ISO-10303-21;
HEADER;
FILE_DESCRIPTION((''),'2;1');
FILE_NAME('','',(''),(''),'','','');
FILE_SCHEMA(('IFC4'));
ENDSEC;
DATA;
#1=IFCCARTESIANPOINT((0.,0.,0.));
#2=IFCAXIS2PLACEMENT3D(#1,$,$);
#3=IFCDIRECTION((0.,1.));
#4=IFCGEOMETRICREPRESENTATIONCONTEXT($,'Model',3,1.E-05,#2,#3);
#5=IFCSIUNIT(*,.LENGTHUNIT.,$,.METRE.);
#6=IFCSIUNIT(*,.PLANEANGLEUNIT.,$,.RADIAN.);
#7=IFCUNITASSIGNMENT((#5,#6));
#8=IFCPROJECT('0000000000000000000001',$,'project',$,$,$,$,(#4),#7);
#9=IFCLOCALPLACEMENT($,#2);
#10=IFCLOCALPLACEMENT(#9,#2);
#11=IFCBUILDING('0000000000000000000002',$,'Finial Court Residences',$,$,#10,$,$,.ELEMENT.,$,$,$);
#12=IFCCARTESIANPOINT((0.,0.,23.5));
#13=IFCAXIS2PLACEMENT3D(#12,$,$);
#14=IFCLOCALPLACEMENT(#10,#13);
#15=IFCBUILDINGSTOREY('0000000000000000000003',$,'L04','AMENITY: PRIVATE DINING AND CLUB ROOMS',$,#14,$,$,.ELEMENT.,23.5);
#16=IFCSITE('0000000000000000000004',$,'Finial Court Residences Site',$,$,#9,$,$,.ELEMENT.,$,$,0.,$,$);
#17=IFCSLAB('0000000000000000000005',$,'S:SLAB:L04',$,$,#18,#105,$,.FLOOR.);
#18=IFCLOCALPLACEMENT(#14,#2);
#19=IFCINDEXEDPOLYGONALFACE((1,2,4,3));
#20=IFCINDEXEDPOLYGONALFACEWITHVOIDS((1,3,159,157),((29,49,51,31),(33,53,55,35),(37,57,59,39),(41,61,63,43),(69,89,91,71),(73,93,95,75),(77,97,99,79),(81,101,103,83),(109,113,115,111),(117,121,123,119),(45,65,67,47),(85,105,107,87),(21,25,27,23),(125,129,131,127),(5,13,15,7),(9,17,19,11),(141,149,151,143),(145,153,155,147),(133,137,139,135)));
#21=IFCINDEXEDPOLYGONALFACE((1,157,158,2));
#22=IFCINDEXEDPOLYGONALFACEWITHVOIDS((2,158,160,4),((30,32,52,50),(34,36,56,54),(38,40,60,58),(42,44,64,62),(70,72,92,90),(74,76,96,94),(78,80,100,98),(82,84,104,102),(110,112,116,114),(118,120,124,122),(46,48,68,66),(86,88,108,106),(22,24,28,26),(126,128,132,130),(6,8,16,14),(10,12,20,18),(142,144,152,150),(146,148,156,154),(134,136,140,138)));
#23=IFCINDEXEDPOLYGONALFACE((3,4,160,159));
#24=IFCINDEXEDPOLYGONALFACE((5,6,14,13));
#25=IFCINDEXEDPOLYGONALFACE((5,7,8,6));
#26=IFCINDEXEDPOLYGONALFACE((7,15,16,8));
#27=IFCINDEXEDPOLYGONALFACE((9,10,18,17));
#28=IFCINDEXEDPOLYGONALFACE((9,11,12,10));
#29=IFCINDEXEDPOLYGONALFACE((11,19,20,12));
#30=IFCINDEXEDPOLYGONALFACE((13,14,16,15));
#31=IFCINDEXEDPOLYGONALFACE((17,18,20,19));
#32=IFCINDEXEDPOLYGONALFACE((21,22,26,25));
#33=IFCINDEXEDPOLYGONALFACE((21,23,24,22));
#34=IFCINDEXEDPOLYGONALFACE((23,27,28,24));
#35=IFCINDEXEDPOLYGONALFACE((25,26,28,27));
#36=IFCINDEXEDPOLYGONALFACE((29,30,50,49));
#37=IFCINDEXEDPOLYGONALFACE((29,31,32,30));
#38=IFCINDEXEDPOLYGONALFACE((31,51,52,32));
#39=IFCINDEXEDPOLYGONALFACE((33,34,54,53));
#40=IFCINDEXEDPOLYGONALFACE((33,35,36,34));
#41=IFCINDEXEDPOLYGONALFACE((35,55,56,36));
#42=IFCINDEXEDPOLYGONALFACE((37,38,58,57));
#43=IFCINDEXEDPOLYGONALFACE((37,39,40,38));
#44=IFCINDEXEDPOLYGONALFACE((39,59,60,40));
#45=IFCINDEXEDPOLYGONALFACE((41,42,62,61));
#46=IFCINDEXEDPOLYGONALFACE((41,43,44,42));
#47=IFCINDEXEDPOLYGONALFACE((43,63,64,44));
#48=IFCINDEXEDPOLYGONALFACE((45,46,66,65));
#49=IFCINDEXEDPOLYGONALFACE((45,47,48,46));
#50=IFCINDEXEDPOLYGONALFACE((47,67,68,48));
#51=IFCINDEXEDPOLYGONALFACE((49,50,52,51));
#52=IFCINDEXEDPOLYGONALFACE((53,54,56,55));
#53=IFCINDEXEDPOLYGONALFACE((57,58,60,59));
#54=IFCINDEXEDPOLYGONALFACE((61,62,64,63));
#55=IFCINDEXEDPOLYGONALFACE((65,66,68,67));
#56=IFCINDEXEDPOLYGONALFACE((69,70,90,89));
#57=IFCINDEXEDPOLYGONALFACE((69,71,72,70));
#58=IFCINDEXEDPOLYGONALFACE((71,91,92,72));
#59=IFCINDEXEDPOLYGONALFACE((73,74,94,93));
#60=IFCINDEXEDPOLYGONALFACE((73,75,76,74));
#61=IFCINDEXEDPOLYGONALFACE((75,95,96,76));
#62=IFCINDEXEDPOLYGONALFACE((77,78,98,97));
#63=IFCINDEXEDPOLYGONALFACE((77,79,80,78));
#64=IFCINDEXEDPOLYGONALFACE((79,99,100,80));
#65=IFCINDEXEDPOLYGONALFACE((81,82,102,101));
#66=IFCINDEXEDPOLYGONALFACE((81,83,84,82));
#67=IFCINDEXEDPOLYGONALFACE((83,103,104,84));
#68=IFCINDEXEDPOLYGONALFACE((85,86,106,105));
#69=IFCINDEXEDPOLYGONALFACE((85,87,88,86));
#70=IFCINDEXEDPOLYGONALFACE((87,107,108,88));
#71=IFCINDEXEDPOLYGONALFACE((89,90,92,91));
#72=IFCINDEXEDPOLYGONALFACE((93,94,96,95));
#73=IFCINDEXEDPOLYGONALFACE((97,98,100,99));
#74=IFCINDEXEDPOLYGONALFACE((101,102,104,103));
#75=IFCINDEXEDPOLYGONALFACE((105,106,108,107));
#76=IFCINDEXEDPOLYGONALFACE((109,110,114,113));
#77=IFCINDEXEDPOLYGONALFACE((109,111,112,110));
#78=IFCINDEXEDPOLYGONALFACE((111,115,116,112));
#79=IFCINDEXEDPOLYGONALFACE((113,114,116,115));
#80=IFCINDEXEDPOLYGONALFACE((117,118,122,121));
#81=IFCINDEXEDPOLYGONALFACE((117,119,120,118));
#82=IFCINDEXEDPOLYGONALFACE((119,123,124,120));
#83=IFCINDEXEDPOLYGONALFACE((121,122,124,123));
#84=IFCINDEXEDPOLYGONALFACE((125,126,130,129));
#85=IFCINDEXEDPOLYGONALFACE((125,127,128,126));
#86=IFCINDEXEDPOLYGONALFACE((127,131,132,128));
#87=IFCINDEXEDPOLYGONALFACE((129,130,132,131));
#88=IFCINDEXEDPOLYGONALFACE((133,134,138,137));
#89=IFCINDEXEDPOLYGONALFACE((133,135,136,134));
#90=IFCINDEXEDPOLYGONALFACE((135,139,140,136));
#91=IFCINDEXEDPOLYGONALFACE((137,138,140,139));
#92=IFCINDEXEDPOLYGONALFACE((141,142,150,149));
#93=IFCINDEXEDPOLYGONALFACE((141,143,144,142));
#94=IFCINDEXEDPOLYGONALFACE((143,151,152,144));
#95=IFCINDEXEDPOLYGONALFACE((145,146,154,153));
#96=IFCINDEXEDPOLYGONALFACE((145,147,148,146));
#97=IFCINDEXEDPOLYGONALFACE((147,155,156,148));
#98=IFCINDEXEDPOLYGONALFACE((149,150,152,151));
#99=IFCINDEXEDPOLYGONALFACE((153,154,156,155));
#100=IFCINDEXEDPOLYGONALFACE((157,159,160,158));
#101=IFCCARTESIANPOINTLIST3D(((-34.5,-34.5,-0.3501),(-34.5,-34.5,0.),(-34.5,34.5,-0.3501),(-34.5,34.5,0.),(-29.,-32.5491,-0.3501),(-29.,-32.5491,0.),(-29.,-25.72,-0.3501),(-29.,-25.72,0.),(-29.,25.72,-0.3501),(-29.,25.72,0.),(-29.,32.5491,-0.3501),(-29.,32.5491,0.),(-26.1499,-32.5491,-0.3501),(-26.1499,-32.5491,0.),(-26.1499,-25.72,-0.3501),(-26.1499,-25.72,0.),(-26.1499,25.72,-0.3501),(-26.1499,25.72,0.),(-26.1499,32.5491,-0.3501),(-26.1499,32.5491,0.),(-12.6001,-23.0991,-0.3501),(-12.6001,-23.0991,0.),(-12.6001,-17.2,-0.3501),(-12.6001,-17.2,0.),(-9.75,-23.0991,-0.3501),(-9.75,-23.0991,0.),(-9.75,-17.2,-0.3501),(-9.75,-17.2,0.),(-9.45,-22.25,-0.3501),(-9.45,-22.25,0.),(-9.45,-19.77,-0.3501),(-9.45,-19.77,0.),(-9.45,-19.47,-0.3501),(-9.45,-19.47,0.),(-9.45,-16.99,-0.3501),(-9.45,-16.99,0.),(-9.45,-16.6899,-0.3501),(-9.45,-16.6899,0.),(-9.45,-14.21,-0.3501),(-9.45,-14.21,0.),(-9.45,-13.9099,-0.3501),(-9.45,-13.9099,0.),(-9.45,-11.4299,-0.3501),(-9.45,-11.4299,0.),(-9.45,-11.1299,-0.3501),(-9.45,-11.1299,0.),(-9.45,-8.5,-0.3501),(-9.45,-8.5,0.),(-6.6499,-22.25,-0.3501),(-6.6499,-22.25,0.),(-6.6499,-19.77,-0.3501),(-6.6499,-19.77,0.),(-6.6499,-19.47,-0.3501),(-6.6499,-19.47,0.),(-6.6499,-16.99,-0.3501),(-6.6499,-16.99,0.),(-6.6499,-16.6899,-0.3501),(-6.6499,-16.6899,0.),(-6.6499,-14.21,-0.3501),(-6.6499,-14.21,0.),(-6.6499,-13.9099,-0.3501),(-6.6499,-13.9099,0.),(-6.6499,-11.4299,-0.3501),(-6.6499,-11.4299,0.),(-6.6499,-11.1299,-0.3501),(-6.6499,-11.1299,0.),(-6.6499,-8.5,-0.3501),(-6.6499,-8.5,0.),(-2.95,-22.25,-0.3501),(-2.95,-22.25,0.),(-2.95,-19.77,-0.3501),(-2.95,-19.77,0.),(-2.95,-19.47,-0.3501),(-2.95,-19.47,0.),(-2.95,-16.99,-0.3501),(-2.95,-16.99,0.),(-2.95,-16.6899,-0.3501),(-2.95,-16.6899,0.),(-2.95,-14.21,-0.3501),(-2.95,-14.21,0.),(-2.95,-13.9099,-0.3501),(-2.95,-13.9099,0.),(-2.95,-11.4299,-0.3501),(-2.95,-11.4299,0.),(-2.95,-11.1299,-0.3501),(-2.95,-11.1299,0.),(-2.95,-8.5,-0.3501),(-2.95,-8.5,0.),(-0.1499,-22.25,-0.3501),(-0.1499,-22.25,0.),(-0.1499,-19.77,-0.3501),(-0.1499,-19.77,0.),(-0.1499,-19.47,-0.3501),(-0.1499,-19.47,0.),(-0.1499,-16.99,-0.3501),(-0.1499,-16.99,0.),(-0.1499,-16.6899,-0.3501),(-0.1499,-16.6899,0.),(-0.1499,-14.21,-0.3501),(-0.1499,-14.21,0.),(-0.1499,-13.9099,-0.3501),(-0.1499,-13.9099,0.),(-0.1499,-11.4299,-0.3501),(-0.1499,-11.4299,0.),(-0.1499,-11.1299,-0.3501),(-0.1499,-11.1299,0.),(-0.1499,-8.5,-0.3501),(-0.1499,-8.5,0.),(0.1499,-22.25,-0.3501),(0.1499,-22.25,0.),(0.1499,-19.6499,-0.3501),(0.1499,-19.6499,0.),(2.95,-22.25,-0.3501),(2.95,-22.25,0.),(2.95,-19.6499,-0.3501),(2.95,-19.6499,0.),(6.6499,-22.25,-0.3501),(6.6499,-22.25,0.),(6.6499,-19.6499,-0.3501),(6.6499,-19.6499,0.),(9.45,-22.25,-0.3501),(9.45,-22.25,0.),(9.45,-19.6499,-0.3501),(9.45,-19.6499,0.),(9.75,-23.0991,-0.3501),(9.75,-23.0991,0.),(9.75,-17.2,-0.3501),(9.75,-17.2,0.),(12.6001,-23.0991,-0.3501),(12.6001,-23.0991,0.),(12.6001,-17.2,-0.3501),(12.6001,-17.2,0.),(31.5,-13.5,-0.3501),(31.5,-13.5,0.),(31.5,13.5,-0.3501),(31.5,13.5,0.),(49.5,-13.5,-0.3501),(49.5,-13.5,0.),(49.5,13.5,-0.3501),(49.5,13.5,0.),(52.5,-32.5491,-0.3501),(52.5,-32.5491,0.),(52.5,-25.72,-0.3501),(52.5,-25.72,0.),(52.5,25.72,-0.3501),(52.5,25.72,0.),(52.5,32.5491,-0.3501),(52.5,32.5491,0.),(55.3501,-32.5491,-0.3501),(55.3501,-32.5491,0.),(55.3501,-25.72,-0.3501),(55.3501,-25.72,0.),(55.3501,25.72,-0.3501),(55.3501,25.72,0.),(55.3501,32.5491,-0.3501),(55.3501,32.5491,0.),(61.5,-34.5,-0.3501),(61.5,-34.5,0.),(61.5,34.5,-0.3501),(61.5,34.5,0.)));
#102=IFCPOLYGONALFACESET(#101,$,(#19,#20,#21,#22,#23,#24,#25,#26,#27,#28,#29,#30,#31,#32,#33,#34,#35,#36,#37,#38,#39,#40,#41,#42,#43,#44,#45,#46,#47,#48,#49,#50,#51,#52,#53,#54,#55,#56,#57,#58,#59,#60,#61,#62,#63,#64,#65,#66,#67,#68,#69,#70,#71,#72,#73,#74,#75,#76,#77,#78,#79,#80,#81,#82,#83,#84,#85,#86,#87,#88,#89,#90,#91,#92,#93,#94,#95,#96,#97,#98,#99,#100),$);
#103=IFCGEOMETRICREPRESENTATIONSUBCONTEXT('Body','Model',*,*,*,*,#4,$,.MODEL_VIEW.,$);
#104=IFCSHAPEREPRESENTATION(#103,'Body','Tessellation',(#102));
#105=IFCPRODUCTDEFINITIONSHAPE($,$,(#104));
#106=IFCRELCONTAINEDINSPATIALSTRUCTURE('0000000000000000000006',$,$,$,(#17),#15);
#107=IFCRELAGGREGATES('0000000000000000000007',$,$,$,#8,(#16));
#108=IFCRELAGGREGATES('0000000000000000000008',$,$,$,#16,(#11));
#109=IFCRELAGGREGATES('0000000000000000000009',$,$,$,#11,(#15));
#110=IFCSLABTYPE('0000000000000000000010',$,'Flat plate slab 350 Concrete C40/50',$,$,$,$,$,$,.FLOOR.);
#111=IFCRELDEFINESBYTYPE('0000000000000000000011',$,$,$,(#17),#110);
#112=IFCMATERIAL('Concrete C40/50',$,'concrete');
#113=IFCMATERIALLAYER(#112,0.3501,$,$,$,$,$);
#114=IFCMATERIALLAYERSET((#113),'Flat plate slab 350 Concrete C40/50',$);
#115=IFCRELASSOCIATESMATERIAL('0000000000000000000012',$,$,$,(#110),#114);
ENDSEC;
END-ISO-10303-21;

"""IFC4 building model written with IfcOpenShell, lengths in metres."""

from ifc_helpers import new_model, si_unit, direction, frame, origin, place, context, subcontext, project, spatial, polyline, outline, extrude, material, layer, layer_set, type_object, element, save


model = new_model("IFC4")

# Units and contexts
model_context = context("Model", 3, precision=1e-05, world=origin(), true_north=direction((0.0, 1.0)))
body_context = subcontext(model_context, "Body", "Model", "MODEL_VIEW")
ifc_project = project(units=[si_unit("LENGTHUNIT", "METRE"), si_unit("PLANEANGLEUNIT", "RADIAN")], contexts=[model_context])

# Site, building, storey
site_placement = place(None, origin())
site = spatial("IfcSite", under=ifc_project, at=site_placement, Name="Finial Court Residences Site", CompositionType="ELEMENT", RefElevation=0.0)
building_placement = place(site_placement, origin())
building = spatial("IfcBuilding", under=site, at=building_placement, Name="Finial Court Residences", CompositionType="ELEMENT")
storey_placement = place(building_placement, frame((0.0, 0.0, 23.5)))
storey = spatial("IfcBuildingStorey", under=building, at=storey_placement, Name="L04", Description="AMENITY: PRIVATE DINING AND CLUB ROOMS", CompositionType="ELEMENT", Elevation=23.5)

# Slab
ifc_material_1 = material(Name="Concrete C40/50", Category="concrete")
ifc_layer_1 = layer(ifc_material_1, 0.3501)
ifc_layer_set_1 = layer_set([ifc_layer_1], Name="Flat plate slab 350 Concrete C40/50")
slab_type_1 = type_object("IfcSlabType", Name="Flat plate slab 350 Concrete C40/50", PredefinedType="FLOOR", material=ifc_layer_set_1)
slab_1_placement = place(storey_placement, frame((0.0, 0.0, -0.3501)))
element("IfcSlab", 1, at=slab_1_placement, inside=storey, type_object=slab_type_1, Name="S:SLAB:L04", PredefinedType="FLOOR", context=body_context, shape_type="SweptSolid", body=[
    extrude(outline(polyline([(-34.5, 34.5), (61.5, 34.5), (61.5, -34.5), (-34.5, -34.5), (-34.5, 34.5)]), holes=[polyline([(31.5, 13.5), (31.5, -13.5), (49.5, -13.5), (49.5, 13.5), (31.5, 13.5)]), polyline([(-26.1499, -25.72), (-29.0, -25.72), (-29.0, -32.5491), (-26.1499, -32.5491), (-26.1499, -25.72)]), polyline([(-6.6499, -22.25), (-6.6499, -19.77), (-9.45, -19.77), (-9.45, -22.25), (-6.6499, -22.25)]), polyline([(-9.75, -17.2), (-12.6001, -17.2), (-12.6001, -23.0991), (-9.75, -23.0991), (-9.75, -17.2)]), polyline([(-6.6499, -19.47), (-6.6499, -16.99), (-9.45, -16.99), (-9.45, -19.47), (-6.6499, -19.47)]), polyline([(-6.6499, -16.6899), (-6.6499, -14.21), (-9.45, -14.21), (-9.45, -16.6899), (-6.6499, -16.6899)]), polyline([(-0.1499, -16.6899), (-0.1499, -14.21), (-2.95, -14.21), (-2.95, -16.6899), (-0.1499, -16.6899)]), polyline([(-6.6499, -13.9099), (-6.6499, -11.4299), (-9.45, -11.4299), (-9.45, -13.9099), (-6.6499, -13.9099)]), polyline([(-9.45, -11.1299), (-6.6499, -11.1299), (-6.6499, -8.5), (-9.45, -8.5), (-9.45, -11.1299)]), polyline([(-26.1499, 25.72), (-26.1499, 32.5491), (-29.0, 32.5491), (-29.0, 25.72), (-26.1499, 25.72)]), polyline([(55.3501, -25.72), (52.5, -25.72), (52.5, -32.5491), (55.3501, -32.5491), (55.3501, -25.72)]), polyline([(-0.1499, -22.25), (-0.1499, -19.77), (-2.95, -19.77), (-2.95, -22.25), (-0.1499, -22.25)]), polyline([(2.95, -22.25), (2.95, -19.6499), (0.1499, -19.6499), (0.1499, -22.25), (2.95, -22.25)]), polyline([(9.45, -22.25), (9.45, -19.6499), (6.6499, -19.6499), (6.6499, -22.25), (9.45, -22.25)]), polyline([(12.6001, -17.2), (9.75, -17.2), (9.75, -23.0991), (12.6001, -23.0991), (12.6001, -17.2)]), polyline([(-0.1499, -19.47), (-0.1499, -16.99), (-2.95, -16.99), (-2.95, -19.47), (-0.1499, -19.47)]), polyline([(-0.1499, -13.9099), (-0.1499, -11.4299), (-2.95, -11.4299), (-2.95, -13.9099), (-0.1499, -13.9099)]), polyline([(-2.95, -11.1299), (-0.1499, -11.1299), (-0.1499, -8.5), (-2.95, -8.5), (-2.95, -11.1299)]), polyline([(55.3501, 25.72), (55.3501, 32.5491), (52.5, 32.5491), (52.5, 25.72), (55.3501, 25.72)])]), origin(), (0.0, 0.0, 1.0), 0.3501),
])

save(model, "model.ifc")
